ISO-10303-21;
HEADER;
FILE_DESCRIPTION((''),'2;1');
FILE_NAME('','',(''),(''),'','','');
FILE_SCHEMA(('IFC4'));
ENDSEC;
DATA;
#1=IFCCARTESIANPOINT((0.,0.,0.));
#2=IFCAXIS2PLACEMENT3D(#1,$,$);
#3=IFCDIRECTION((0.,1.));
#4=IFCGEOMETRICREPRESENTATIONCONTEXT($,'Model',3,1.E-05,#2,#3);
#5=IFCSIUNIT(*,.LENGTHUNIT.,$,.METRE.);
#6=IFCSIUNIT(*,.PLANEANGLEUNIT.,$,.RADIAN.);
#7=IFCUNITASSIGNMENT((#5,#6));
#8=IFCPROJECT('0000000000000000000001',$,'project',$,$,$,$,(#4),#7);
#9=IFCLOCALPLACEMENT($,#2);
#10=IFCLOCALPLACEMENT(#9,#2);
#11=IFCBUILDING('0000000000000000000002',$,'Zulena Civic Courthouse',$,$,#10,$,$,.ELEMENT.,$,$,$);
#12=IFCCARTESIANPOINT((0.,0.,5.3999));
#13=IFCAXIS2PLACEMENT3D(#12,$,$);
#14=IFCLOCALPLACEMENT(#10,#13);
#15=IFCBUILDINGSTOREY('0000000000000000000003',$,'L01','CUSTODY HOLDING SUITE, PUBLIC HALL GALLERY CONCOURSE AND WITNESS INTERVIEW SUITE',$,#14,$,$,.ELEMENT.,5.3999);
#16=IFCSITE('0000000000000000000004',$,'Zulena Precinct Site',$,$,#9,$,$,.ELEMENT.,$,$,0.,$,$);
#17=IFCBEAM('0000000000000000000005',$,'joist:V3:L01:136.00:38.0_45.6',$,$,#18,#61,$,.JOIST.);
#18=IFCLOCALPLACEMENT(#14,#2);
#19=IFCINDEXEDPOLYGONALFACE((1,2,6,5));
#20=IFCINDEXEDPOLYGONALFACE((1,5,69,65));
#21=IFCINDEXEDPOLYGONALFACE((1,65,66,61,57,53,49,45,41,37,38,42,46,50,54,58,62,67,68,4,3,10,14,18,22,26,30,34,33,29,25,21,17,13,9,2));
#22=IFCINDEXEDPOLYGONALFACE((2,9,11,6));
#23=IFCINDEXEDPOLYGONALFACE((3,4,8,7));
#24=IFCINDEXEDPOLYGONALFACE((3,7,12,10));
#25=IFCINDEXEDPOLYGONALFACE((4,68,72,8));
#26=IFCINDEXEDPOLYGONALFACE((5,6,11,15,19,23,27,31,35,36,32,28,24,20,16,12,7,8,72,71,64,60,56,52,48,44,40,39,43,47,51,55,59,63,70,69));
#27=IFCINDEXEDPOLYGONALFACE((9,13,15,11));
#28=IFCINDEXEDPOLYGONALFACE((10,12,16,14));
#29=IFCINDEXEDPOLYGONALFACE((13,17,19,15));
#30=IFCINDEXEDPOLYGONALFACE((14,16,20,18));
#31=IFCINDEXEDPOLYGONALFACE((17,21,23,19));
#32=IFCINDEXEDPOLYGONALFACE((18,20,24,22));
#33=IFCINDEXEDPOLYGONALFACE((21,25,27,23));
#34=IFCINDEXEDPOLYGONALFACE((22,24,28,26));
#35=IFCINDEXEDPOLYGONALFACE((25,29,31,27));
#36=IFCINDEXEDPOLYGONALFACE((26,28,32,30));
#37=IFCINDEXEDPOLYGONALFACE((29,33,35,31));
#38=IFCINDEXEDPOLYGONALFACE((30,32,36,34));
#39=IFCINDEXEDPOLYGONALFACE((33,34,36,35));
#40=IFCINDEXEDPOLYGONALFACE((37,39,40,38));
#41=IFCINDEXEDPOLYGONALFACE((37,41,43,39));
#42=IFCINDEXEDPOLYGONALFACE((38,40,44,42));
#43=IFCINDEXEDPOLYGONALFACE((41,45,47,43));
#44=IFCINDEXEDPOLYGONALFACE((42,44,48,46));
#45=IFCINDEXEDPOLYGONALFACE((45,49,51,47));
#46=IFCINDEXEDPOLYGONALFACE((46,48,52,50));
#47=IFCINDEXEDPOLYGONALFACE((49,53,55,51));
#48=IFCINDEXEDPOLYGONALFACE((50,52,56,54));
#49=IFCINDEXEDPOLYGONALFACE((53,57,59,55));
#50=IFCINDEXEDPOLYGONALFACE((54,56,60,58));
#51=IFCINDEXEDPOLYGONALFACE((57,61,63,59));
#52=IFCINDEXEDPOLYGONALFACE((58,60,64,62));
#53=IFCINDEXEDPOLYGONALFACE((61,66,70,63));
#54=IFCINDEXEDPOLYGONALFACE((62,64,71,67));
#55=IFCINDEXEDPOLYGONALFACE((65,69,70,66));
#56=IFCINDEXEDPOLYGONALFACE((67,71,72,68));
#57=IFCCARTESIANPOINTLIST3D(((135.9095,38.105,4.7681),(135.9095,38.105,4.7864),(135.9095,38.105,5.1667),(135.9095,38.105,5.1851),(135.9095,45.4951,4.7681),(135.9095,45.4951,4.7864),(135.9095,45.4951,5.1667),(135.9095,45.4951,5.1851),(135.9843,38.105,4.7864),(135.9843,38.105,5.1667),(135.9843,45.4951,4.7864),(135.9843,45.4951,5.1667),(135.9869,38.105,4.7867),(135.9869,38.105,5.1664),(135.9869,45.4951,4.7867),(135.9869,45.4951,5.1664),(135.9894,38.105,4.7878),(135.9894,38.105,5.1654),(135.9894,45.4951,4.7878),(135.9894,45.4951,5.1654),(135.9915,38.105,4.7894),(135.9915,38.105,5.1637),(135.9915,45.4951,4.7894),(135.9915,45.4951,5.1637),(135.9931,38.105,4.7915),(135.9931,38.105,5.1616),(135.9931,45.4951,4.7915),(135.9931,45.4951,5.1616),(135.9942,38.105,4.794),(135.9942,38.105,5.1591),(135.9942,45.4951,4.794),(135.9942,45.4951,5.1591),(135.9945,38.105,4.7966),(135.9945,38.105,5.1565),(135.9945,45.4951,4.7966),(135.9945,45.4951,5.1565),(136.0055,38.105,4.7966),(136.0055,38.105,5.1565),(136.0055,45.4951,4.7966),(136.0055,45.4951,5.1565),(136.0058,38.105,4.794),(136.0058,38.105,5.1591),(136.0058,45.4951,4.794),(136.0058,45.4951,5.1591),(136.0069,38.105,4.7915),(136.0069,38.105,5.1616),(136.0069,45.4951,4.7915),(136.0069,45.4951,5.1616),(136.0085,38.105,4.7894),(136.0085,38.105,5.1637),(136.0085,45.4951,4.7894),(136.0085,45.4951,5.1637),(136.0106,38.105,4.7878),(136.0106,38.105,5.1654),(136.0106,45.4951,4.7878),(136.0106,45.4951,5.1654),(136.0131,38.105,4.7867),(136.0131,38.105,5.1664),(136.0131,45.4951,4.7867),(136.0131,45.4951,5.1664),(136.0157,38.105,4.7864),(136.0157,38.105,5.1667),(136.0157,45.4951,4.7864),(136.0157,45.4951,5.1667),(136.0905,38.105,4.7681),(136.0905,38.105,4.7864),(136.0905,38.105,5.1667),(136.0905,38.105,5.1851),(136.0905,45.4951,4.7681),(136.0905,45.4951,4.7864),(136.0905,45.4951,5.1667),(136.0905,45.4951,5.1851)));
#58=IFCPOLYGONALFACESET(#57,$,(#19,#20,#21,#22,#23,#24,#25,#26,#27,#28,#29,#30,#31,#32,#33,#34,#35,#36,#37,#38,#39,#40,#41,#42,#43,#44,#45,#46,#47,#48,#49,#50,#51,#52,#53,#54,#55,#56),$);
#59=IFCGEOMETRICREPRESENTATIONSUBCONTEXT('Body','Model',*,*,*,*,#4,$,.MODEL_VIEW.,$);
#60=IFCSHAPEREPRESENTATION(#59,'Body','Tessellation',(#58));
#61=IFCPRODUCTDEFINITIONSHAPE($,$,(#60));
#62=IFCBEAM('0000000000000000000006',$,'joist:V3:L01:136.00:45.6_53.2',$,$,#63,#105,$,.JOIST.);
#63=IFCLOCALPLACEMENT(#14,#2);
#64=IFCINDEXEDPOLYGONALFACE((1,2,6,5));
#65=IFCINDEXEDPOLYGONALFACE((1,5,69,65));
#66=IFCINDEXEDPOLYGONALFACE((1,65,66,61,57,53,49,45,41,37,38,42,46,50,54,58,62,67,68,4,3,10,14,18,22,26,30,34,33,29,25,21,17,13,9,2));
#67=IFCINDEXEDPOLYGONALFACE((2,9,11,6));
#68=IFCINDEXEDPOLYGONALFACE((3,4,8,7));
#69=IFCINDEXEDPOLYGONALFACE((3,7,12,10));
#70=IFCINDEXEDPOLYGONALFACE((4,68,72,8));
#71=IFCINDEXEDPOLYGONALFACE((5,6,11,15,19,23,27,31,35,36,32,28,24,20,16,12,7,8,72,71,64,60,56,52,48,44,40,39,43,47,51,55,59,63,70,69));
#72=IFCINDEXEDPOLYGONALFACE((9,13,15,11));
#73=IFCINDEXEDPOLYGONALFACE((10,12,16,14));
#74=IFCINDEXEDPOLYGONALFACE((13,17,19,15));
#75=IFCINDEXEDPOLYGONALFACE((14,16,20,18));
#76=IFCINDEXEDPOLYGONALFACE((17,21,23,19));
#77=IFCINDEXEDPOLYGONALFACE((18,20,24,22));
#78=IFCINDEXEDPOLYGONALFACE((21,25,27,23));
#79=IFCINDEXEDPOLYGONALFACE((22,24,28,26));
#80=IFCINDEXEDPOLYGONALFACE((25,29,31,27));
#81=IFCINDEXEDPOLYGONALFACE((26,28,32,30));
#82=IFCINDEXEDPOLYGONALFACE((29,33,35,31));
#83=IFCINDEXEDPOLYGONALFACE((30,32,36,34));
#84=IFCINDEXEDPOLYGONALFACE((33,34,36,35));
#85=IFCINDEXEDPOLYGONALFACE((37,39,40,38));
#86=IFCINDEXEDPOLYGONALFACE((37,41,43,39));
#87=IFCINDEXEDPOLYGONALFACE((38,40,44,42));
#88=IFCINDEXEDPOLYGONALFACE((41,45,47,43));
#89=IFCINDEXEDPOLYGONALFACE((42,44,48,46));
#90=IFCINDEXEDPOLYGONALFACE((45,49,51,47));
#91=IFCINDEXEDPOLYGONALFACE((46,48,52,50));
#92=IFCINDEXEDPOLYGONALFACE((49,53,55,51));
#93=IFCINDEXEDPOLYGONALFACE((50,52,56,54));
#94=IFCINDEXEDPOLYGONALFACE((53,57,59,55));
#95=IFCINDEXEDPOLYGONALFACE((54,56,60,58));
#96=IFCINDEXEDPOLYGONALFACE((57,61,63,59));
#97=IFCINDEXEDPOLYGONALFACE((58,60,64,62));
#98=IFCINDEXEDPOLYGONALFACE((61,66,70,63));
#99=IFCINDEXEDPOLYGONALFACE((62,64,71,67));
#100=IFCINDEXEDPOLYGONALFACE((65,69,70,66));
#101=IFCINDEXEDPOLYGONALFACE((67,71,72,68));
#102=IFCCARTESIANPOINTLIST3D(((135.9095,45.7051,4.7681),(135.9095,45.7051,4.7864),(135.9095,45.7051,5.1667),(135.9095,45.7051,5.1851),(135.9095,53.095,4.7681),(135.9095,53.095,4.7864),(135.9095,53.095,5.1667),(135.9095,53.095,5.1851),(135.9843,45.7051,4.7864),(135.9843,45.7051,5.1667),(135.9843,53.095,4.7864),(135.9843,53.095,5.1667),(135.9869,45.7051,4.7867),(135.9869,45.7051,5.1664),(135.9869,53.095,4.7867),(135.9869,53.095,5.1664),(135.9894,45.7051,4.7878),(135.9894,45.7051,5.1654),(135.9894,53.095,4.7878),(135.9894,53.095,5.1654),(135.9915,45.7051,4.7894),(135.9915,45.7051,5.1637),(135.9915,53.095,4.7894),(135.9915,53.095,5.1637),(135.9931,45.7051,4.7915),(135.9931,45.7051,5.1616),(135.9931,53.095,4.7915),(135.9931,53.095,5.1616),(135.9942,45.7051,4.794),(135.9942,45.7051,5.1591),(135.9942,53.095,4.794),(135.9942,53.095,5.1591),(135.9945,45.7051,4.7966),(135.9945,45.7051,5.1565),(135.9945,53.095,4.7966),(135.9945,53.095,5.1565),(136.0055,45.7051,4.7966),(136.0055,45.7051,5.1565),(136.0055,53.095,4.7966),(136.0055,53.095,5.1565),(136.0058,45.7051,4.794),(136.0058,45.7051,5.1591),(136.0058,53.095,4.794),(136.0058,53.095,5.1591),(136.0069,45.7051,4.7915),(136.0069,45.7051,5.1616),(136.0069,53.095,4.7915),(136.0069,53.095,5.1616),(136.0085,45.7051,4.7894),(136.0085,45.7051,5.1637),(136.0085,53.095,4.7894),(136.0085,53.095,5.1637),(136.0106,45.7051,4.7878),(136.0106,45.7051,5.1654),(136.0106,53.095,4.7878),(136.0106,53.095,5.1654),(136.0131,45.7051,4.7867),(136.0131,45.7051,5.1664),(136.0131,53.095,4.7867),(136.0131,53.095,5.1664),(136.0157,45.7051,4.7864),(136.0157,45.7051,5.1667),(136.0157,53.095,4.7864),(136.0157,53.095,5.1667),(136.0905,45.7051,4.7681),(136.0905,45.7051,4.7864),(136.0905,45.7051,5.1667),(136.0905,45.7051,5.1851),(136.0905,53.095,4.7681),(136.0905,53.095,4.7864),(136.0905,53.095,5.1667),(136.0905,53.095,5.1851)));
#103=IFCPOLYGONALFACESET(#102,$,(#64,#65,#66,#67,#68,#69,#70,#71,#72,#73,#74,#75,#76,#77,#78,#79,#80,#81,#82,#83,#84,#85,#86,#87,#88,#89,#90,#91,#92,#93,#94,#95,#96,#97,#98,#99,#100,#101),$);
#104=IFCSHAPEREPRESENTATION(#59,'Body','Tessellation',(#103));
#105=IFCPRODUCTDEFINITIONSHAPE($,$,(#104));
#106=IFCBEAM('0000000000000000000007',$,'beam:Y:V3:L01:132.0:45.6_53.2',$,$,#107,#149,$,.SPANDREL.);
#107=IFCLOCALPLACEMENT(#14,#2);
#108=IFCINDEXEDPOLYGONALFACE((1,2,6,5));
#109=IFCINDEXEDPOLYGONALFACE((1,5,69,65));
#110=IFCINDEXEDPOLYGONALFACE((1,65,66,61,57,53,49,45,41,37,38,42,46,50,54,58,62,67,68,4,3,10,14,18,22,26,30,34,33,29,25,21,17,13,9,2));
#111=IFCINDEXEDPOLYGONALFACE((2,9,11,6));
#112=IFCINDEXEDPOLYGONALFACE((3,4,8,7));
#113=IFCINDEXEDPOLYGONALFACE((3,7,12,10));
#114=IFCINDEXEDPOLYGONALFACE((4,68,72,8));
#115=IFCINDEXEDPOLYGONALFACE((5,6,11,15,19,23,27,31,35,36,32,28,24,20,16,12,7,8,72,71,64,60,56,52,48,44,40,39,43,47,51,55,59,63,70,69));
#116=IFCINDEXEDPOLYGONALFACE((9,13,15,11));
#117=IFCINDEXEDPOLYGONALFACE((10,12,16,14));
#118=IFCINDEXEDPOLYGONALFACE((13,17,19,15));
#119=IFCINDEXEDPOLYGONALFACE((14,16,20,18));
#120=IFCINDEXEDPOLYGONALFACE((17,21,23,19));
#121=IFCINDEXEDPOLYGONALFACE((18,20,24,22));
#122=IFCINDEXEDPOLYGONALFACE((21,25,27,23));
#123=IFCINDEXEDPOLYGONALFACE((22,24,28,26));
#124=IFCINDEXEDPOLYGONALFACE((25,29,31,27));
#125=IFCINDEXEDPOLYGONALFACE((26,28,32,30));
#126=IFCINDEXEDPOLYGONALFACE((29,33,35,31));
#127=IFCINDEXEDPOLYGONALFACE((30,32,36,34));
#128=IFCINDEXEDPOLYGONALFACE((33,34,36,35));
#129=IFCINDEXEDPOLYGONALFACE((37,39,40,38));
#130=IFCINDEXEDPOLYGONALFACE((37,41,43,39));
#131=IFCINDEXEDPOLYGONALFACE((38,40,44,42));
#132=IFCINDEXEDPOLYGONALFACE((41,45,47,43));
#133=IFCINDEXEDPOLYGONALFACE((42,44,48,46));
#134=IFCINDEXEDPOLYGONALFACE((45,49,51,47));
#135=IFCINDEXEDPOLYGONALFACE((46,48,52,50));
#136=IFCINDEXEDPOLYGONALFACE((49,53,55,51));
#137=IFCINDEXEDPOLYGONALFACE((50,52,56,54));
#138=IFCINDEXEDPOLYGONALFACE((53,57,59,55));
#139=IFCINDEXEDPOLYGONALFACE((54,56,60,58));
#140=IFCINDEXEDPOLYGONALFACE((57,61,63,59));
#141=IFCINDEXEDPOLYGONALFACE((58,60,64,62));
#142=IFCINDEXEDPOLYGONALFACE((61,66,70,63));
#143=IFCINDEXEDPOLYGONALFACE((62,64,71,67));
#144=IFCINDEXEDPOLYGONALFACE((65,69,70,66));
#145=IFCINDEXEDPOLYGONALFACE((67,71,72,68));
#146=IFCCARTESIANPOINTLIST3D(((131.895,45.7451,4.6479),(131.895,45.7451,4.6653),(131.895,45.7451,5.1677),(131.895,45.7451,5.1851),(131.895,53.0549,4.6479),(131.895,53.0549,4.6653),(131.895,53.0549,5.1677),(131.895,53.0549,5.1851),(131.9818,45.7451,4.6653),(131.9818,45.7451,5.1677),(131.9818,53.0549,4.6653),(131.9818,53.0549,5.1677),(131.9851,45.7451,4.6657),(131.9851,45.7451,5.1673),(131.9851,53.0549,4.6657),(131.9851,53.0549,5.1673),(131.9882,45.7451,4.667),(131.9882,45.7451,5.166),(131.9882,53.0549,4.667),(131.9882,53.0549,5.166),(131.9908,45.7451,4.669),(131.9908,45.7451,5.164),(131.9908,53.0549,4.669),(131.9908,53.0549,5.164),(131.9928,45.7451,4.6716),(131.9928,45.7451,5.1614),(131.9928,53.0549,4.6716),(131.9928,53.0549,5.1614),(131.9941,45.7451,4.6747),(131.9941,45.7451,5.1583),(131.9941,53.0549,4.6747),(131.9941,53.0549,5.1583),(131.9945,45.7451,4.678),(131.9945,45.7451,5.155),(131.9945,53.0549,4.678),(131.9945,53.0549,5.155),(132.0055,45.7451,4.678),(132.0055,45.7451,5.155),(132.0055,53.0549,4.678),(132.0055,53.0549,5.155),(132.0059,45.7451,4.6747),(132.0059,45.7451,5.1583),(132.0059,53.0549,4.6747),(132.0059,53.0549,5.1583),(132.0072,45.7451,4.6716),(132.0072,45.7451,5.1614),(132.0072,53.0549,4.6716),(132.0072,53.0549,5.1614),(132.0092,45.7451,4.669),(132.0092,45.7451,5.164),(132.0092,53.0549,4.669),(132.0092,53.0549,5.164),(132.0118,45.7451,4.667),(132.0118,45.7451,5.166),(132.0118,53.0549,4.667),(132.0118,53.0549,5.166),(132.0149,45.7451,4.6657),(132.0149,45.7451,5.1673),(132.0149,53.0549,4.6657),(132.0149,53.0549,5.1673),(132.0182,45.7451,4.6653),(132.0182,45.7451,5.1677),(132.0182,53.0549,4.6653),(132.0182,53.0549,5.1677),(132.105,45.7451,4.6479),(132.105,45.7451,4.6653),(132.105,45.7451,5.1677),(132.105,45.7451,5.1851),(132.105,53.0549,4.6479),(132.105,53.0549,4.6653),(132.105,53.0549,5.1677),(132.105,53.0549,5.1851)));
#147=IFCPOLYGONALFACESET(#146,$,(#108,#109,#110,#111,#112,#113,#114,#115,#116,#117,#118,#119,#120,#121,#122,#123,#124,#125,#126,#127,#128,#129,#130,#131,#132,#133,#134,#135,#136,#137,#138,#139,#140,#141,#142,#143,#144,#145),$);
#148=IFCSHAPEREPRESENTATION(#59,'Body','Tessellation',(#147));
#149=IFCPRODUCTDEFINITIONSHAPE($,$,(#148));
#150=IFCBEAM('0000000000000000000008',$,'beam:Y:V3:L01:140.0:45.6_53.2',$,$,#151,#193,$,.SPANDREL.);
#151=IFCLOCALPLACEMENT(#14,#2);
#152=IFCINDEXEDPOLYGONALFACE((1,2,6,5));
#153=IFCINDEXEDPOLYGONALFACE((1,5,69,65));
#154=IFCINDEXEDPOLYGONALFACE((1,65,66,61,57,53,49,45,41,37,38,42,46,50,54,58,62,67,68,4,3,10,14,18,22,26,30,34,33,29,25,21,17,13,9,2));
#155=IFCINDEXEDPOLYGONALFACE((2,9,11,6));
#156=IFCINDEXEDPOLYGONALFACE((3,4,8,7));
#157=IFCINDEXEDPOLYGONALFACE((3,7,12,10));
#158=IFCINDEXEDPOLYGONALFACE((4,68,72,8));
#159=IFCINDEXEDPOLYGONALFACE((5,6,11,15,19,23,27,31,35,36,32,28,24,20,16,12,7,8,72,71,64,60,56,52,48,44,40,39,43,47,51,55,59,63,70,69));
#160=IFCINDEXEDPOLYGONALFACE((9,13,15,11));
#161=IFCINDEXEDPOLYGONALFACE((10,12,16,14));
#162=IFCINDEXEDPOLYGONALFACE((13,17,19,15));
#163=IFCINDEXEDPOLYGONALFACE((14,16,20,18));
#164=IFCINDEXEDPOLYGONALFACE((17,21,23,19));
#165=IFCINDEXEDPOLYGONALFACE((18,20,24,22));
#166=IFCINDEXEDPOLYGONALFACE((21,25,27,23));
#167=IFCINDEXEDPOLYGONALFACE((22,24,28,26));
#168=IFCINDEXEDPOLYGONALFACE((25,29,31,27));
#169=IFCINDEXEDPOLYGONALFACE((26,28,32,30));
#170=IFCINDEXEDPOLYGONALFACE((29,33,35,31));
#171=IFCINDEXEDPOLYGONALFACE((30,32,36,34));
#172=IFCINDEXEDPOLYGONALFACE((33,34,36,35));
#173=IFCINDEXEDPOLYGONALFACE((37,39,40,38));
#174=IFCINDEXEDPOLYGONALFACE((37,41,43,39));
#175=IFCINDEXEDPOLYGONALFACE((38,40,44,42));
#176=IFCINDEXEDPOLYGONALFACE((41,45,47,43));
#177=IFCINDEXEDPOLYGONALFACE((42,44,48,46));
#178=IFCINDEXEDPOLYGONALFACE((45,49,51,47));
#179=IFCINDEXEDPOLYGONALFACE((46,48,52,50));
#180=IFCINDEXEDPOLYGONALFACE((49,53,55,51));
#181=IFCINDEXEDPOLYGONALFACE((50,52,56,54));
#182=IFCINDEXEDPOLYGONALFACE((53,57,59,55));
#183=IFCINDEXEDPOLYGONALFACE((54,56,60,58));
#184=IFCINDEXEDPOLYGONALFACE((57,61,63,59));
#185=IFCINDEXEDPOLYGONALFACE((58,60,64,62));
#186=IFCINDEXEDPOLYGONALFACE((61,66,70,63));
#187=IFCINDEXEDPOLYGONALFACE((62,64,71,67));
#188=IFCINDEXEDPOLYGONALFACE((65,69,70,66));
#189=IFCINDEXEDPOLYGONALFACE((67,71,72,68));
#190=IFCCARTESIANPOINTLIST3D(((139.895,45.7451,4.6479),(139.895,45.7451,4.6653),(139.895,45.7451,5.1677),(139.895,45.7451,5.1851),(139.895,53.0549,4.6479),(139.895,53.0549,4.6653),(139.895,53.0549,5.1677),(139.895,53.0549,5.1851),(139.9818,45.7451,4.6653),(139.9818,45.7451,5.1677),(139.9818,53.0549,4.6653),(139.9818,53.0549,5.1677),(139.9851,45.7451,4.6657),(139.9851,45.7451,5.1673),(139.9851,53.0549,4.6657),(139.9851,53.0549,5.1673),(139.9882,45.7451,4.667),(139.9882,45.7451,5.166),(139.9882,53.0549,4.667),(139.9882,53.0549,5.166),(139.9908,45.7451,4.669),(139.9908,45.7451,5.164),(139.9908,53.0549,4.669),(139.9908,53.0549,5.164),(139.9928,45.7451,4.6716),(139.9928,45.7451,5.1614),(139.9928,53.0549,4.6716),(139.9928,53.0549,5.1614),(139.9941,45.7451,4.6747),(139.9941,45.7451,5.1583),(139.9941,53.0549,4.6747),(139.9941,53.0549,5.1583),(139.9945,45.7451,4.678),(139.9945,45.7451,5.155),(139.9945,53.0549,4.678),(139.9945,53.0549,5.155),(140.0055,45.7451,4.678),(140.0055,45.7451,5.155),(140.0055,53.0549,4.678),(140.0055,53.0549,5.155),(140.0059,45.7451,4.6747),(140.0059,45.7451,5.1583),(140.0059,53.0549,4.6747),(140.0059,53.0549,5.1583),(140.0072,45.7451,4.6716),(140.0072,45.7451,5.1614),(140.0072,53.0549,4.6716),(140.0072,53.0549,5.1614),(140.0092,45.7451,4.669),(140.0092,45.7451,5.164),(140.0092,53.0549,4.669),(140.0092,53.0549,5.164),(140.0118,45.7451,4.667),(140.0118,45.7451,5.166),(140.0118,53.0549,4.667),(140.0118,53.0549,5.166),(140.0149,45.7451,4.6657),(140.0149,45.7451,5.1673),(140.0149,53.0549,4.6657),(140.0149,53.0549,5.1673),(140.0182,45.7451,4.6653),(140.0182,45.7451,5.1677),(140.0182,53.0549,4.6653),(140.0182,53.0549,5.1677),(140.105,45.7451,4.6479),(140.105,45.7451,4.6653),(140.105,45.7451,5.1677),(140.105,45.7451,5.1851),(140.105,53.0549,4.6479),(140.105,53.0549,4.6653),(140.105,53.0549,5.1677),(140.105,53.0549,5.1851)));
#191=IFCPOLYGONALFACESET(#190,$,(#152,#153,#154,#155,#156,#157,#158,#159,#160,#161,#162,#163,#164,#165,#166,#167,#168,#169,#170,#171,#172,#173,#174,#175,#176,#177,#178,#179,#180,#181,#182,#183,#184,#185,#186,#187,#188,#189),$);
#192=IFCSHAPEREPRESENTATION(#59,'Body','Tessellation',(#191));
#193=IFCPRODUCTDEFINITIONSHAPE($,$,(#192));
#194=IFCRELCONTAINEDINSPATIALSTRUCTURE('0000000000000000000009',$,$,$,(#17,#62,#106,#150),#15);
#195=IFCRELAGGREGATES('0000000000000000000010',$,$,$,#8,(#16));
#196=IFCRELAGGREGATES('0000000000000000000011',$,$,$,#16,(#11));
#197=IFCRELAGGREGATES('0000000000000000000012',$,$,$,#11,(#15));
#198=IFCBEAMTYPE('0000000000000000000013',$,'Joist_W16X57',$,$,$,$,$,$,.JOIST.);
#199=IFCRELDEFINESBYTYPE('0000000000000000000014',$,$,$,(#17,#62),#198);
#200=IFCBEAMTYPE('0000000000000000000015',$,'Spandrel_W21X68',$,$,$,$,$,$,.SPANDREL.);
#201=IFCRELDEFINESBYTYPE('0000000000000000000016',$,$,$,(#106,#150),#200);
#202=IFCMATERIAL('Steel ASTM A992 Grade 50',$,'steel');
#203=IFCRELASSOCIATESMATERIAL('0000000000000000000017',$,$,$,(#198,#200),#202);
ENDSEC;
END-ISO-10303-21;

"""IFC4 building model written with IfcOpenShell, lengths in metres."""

from ifc_helpers import new_model, si_unit, direction, frame, origin, origin_2d, place, context, subcontext, project, spatial, i_section, extrude, material, material_profile, profile_set, type_object, element, save


model = new_model("IFC4")

# Units and contexts
model_context = context("Model", 3, precision=1e-05, world=origin(), true_north=direction((0.0, 1.0)))
body_context = subcontext(model_context, "Body", "Model", "MODEL_VIEW")
ifc_project = project(units=[si_unit("LENGTHUNIT", "METRE"), si_unit("PLANEANGLEUNIT", "RADIAN")], contexts=[model_context])

# Site, building, storey
site_placement = place(None, origin())
site = spatial("IfcSite", under=ifc_project, at=site_placement, Name="Zulena Precinct Site", CompositionType="ELEMENT", RefElevation=0.0)
building_placement = place(site_placement, origin())
building = spatial("IfcBuilding", under=site, at=building_placement, Name="Zulena Civic Courthouse", CompositionType="ELEMENT")
storey_placement = place(building_placement, frame((0.0, 0.0, 5.3999)))
storey = spatial("IfcBuildingStorey", under=building, at=storey_placement, Name="L01", Description="CUSTODY HOLDING SUITE, PUBLIC HALL GALLERY CONCOURSE AND WITNESS INTERVIEW SUITE", CompositionType="ELEMENT", Elevation=5.3999)

# Shared definitions
ifc_material_1 = material(Name="Steel ASTM A992 Grade 50", Category="steel")

# Beams
ifc_material_profile_1 = material_profile(ifc_material_1, i_section(OverallWidth=0.1809, OverallDepth=0.417, WebThickness=0.011, FlangeThickness=0.0183, FilletRadius=0.0103, at=origin_2d()), Name="W16X57")
ifc_profile_set_1 = profile_set([ifc_material_profile_1], Name="Steel ASTM A992 Grade 50")
beam_type_1 = type_object("IfcBeamType", Name="Joist_W16X57", PredefinedType="JOIST", material=ifc_profile_set_1)
beam_1_placement = place(storey_placement, frame((136.0, 38.105, 4.9766), z_axis=(0.0, 1.0, 0.0), x_axis=(-1.0, 0.0, 0.0)))
element("IfcBeam", 1, at=beam_1_placement, inside=storey, type_object=beam_type_1, Name="joist:V3:L01:136.00:38.0_45.6", PredefinedType="JOIST", context=body_context, shape_type="SweptSolid", body=[
    extrude(i_section(OverallWidth=0.1809, OverallDepth=0.417, WebThickness=0.011, FlangeThickness=0.0183, FilletRadius=0.0103, at=origin_2d()), origin(), (0.0, 0.0, 1.0), 7.3901),
])
beam_2_placement = place(storey_placement, frame((136.0, 45.7051, 4.9766), z_axis=(0.0, 1.0, 0.0), x_axis=(-1.0, 0.0, 0.0)))
element("IfcBeam", 2, at=beam_2_placement, inside=storey, type_object=beam_type_1, Name="joist:V3:L01:136.00:45.6_53.2", PredefinedType="JOIST", context=body_context, shape_type="SweptSolid", body=[
    extrude(i_section(OverallWidth=0.1809, OverallDepth=0.417, WebThickness=0.011, FlangeThickness=0.0183, FilletRadius=0.0103, at=origin_2d()), origin(), (0.0, 0.0, 1.0), 7.3899),
])
ifc_material_profile_2 = material_profile(ifc_material_1, i_section(OverallWidth=0.21, OverallDepth=0.5371, WebThickness=0.011, FlangeThickness=0.0173, FilletRadius=0.0127, at=origin_2d()), Name="W21X68")
ifc_profile_set_2 = profile_set([ifc_material_profile_2], Name="Steel ASTM A992 Grade 50")
beam_type_2 = type_object("IfcBeamType", Name="Spandrel_W21X68", PredefinedType="SPANDREL", material=ifc_profile_set_2)
for number, where, z_axis, x_axis, name in (
    (3, (132.0, 45.7451, 4.9165), (0.0, 1.0, 0.0), (-1.0, 0.0, 0.0), "beam:Y:V3:L01:132.0:45.6_53.2"),
    (4, (140.0, 45.7451, 4.9165), (0.0, 1.0, 0.0), (-1.0, 0.0, 0.0), "beam:Y:V3:L01:140.0:45.6_53.2"),
):
    element("IfcBeam", number, at=place(storey_placement, frame(where, z_axis=z_axis, x_axis=x_axis)), inside=storey, type_object=beam_type_2, Name=name, PredefinedType="SPANDREL", context=body_context, shape_type="SweptSolid", body=[
        extrude(i_section(OverallWidth=0.21, OverallDepth=0.5371, WebThickness=0.011, FlangeThickness=0.0173, FilletRadius=0.0127, at=origin_2d()), origin(), (0.0, 0.0, 1.0), 7.3098),
    ])

save(model, "model.ifc")
